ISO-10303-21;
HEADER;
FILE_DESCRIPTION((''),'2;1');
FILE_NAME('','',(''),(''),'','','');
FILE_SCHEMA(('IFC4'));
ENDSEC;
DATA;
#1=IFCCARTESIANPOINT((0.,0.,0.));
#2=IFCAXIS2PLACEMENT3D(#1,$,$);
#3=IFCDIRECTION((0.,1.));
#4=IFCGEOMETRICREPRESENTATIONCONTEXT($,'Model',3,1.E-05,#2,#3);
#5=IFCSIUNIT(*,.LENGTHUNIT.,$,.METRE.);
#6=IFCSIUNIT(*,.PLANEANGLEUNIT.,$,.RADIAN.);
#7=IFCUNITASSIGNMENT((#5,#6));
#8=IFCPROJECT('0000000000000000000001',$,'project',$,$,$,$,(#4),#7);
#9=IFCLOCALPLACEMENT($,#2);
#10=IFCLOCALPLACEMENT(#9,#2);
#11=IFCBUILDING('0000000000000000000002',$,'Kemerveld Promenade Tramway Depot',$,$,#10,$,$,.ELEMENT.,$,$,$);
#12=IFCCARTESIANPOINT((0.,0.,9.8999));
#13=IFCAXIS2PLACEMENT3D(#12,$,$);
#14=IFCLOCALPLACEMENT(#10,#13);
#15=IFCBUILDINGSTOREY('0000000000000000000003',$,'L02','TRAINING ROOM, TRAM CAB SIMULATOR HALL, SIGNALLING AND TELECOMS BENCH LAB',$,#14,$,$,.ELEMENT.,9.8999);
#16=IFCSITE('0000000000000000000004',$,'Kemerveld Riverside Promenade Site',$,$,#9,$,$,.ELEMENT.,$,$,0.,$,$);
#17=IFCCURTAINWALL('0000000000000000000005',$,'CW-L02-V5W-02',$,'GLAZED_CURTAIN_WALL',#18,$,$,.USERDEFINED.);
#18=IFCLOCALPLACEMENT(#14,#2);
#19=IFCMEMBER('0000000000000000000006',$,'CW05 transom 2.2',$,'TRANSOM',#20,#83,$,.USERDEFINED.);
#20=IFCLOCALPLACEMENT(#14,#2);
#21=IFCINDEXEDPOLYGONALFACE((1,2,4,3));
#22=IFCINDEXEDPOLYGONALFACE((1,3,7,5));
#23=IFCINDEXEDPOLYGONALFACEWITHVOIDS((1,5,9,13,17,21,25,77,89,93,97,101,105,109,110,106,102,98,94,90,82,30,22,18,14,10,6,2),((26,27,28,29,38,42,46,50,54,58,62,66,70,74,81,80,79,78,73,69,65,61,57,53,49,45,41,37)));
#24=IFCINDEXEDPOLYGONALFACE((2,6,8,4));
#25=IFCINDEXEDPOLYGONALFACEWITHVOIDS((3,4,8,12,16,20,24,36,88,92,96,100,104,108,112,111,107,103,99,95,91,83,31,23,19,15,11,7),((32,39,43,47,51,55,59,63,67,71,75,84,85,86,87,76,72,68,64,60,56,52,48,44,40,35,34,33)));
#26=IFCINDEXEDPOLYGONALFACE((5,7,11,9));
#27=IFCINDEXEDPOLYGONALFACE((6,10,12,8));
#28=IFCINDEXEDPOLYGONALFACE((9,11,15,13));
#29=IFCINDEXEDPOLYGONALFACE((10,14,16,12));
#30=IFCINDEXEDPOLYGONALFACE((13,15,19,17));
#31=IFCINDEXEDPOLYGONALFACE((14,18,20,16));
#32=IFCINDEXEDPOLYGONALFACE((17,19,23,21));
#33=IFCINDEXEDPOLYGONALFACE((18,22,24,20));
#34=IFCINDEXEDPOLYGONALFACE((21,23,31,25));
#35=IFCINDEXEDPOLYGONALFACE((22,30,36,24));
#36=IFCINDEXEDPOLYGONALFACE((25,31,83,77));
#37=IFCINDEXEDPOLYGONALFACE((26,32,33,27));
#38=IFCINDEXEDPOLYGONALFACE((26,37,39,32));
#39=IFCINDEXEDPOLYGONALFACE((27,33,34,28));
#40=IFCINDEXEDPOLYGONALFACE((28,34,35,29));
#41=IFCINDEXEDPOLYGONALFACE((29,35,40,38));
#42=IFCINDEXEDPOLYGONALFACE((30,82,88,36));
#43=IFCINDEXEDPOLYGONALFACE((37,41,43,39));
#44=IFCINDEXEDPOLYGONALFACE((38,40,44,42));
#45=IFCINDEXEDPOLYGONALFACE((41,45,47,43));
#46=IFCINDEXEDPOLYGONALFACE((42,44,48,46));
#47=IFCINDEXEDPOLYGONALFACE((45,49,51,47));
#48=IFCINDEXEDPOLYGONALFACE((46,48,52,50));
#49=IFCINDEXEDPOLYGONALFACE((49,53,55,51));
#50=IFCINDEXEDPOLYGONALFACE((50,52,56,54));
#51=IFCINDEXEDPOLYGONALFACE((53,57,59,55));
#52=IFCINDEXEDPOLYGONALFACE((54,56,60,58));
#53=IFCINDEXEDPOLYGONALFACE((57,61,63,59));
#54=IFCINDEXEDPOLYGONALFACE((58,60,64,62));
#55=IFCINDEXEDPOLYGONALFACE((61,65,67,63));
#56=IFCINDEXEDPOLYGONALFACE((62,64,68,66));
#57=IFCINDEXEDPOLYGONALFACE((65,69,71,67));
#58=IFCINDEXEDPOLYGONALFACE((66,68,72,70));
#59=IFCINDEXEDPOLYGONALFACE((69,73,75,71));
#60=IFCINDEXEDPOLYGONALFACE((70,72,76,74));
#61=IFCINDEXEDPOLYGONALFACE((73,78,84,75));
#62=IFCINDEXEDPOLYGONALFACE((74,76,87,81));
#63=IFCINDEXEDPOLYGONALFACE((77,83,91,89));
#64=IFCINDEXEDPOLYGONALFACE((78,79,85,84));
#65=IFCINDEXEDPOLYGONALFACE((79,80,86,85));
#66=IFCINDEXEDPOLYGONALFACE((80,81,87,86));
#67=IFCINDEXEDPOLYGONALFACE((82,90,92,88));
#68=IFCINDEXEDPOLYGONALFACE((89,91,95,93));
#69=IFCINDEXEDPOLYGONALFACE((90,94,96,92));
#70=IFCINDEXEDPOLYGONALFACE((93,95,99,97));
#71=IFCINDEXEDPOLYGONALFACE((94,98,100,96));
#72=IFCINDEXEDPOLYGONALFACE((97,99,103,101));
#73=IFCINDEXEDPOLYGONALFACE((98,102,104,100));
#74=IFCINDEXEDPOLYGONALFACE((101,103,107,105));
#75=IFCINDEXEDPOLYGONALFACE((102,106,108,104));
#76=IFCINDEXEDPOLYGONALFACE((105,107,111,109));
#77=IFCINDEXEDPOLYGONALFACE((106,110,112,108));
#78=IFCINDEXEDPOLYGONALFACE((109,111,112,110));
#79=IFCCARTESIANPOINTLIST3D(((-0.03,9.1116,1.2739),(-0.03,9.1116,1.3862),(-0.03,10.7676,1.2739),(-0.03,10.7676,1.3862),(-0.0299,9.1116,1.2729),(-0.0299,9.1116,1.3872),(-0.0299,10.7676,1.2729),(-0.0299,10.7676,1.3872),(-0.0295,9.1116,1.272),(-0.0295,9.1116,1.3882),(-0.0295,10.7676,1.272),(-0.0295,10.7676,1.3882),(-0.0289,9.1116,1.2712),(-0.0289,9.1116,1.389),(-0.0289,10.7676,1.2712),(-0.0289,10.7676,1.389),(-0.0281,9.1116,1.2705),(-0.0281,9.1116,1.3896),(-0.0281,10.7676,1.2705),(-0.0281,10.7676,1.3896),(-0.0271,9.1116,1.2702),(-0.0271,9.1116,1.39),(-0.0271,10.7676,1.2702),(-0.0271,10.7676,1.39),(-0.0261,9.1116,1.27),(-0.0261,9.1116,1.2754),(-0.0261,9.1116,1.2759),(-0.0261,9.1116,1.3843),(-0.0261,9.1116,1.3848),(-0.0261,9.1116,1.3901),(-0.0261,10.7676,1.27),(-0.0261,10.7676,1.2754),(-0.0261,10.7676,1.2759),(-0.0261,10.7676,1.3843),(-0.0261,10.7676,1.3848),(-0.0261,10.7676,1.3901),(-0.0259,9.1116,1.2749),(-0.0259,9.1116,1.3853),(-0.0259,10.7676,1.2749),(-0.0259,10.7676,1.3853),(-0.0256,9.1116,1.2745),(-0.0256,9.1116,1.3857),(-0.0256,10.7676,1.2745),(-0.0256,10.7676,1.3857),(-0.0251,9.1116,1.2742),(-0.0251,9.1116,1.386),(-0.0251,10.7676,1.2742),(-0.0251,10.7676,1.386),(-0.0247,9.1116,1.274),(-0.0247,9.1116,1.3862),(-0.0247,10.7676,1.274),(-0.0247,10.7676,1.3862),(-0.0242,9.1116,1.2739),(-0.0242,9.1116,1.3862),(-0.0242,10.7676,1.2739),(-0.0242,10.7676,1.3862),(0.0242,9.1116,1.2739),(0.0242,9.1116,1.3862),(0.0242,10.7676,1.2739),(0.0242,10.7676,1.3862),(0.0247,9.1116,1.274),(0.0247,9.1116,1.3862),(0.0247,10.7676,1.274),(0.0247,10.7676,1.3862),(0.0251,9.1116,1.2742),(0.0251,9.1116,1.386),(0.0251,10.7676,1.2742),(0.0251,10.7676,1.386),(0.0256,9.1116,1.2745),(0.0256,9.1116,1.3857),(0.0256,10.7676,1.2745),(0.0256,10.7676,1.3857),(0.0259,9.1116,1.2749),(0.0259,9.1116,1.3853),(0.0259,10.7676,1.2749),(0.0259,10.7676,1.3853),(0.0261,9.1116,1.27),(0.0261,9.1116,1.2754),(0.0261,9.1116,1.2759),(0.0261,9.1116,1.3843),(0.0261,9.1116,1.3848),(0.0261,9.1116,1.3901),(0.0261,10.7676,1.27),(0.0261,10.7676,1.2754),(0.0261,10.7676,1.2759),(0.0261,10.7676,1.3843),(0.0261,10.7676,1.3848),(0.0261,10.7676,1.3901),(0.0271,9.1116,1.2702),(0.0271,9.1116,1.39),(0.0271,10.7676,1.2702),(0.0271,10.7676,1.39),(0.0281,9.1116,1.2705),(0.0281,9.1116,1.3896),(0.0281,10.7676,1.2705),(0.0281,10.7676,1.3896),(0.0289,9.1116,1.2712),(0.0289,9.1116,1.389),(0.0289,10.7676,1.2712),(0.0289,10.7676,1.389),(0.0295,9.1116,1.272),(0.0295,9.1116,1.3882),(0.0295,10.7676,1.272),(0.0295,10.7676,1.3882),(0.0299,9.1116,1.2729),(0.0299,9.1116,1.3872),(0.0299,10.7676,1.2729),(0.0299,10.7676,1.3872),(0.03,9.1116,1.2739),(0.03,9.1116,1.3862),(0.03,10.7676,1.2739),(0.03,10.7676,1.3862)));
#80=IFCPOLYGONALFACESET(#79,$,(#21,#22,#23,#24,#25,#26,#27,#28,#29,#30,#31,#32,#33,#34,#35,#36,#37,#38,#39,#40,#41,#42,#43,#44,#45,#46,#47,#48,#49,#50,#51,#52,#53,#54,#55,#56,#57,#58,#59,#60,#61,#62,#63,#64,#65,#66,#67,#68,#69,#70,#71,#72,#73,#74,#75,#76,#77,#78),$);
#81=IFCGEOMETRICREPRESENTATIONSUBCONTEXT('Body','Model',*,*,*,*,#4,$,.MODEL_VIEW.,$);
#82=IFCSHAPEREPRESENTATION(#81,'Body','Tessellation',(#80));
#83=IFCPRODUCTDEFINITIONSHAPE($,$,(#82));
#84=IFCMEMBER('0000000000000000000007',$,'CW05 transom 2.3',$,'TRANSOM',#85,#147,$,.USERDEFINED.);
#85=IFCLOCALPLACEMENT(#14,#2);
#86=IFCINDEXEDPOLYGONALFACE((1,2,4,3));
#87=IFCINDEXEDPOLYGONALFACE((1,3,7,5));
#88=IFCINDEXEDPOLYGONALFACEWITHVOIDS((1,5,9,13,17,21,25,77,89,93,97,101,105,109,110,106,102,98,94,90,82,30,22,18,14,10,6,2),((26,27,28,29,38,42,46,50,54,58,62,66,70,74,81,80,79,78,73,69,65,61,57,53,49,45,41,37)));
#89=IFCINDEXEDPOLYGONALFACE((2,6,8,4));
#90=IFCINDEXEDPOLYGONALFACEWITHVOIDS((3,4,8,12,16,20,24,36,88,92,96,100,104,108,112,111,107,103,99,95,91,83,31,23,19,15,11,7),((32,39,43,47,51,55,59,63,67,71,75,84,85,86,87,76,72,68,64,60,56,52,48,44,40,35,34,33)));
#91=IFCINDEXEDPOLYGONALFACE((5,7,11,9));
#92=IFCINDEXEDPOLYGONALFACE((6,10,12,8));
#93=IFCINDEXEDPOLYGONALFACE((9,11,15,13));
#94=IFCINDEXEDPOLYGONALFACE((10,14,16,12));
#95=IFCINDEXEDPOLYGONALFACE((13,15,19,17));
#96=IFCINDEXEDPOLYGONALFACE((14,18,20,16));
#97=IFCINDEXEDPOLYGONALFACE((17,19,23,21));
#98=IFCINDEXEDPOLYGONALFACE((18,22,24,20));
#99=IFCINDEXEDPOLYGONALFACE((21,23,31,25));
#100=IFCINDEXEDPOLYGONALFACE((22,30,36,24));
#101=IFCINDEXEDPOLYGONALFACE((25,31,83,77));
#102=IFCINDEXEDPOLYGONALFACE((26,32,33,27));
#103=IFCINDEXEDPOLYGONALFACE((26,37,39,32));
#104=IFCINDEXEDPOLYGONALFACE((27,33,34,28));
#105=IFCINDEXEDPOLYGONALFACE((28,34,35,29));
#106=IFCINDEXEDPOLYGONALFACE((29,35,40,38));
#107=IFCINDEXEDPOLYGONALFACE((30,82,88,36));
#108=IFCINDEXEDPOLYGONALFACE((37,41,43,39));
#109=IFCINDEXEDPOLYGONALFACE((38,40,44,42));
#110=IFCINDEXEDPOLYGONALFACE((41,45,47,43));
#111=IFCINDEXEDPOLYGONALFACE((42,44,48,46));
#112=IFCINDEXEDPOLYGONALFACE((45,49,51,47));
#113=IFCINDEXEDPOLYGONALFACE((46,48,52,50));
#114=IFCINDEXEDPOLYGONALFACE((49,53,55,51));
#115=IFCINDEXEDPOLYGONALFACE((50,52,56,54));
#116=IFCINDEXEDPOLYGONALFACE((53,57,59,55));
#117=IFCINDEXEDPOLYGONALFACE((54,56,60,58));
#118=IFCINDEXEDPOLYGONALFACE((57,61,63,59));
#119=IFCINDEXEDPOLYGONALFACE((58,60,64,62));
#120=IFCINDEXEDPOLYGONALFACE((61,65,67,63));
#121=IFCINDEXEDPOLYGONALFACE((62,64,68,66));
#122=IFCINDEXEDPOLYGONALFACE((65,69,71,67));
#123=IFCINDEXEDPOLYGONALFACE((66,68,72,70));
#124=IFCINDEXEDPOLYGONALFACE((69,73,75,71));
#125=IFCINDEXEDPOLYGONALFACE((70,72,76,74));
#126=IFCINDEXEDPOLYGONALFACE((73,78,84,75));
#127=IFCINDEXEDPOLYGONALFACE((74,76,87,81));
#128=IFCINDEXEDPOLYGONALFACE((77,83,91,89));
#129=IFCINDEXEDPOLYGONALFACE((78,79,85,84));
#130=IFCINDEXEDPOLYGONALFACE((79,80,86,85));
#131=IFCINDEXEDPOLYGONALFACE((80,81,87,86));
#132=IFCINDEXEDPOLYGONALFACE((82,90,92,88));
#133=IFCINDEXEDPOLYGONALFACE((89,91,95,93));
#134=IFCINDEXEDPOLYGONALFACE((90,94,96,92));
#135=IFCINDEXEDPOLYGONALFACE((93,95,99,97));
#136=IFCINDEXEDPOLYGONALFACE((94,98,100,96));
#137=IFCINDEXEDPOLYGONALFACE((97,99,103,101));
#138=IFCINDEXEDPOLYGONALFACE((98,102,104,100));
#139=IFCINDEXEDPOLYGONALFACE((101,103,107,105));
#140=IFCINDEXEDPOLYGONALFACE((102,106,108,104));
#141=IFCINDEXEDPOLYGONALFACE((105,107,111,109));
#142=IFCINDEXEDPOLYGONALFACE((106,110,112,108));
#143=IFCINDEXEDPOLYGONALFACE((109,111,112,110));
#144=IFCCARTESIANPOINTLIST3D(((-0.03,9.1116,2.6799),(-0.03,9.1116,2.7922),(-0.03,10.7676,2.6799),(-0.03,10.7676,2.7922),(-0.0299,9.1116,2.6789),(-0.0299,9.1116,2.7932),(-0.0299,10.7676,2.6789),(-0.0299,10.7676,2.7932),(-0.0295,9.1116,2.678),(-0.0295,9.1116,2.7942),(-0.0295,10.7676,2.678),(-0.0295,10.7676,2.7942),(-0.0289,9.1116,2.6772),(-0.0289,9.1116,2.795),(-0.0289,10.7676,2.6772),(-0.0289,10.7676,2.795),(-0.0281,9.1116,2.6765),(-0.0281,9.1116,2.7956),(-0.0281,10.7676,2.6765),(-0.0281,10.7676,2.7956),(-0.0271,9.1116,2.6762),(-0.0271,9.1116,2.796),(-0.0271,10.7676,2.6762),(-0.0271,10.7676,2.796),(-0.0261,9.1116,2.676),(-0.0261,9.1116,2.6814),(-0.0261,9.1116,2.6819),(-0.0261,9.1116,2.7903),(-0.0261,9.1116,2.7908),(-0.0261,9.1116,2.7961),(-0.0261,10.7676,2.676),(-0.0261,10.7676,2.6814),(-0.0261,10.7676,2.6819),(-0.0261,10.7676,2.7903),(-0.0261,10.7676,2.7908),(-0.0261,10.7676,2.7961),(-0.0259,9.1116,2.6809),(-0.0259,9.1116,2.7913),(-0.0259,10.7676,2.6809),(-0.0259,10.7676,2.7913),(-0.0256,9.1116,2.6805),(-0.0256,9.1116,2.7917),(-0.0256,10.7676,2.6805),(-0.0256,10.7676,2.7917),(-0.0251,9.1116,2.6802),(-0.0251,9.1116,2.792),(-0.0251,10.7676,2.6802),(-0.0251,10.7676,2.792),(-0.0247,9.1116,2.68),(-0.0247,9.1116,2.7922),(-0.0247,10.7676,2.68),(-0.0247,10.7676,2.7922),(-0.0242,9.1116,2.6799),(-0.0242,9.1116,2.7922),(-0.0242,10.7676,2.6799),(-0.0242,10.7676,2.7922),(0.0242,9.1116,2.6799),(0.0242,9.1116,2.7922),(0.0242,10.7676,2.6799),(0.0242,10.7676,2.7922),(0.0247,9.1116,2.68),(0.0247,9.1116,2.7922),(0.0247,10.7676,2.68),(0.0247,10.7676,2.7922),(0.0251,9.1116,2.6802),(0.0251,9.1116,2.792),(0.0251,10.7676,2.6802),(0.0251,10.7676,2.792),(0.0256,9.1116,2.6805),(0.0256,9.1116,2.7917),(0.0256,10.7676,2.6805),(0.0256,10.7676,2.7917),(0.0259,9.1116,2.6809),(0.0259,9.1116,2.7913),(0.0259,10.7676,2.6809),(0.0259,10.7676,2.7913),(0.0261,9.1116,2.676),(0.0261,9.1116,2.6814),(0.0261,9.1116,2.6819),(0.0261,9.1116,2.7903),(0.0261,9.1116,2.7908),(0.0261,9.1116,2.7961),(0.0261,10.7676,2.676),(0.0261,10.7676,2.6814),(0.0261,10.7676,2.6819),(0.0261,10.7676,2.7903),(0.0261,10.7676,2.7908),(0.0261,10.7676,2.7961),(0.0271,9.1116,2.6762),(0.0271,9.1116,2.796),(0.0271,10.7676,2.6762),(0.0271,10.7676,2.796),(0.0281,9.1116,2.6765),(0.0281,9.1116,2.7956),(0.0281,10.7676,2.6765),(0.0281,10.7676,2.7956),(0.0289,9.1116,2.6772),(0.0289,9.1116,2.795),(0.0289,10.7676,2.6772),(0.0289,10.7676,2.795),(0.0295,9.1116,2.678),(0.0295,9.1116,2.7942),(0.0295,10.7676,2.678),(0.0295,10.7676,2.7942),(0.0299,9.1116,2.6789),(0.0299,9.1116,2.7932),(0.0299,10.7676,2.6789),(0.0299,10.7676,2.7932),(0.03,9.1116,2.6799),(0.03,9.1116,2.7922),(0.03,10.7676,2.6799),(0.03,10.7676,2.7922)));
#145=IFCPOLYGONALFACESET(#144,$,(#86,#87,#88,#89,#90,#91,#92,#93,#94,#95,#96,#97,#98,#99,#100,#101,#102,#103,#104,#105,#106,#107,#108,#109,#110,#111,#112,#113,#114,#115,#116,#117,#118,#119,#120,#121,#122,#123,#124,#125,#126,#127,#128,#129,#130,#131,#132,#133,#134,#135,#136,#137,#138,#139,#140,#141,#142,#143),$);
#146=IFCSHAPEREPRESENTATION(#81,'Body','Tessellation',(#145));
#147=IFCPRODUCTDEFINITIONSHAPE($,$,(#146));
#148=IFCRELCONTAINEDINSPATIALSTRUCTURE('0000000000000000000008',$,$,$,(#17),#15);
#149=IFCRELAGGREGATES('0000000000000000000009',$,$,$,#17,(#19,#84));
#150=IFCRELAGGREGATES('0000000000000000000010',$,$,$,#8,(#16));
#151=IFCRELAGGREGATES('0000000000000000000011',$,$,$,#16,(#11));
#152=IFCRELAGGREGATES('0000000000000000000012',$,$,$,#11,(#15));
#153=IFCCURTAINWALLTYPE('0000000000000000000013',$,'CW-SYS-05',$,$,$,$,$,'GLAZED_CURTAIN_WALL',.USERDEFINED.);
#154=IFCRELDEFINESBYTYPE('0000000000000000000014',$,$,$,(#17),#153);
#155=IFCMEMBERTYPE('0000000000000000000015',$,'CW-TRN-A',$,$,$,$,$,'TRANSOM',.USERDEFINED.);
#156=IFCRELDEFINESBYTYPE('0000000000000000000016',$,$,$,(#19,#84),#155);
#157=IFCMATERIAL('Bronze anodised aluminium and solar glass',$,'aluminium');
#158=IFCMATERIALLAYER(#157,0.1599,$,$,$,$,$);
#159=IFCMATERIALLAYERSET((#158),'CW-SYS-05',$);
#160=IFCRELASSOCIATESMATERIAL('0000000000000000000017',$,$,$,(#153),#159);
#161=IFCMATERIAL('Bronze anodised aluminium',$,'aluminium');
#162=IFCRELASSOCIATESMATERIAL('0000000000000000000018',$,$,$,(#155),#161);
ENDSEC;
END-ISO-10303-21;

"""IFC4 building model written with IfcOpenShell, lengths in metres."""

from ifc_helpers import new_model, si_unit, direction, frame, origin, origin_2d, place, context, subcontext, project, spatial, hollow_rectangle, extrude, material, layer, layer_set, material_profile, profile_set, type_object, element, aggregate, save


model = new_model("IFC4")

# Units and contexts
model_context = context("Model", 3, precision=1e-05, world=origin(), true_north=direction((0.0, 1.0)))
body_context = subcontext(model_context, "Body", "Model", "MODEL_VIEW")
ifc_project = project(units=[si_unit("LENGTHUNIT", "METRE"), si_unit("PLANEANGLEUNIT", "RADIAN")], contexts=[model_context])

# Site, building, storey
site_placement = place(None, origin())
site = spatial("IfcSite", under=ifc_project, at=site_placement, Name="Kemerveld Riverside Promenade Site", CompositionType="ELEMENT", RefElevation=0.0)
building_placement = place(site_placement, origin())
building = spatial("IfcBuilding", under=site, at=building_placement, Name="Kemerveld Promenade Tramway Depot", CompositionType="ELEMENT")
storey_placement = place(building_placement, frame((0.0, 0.0, 9.8999)))
storey = spatial("IfcBuildingStorey", under=building, at=storey_placement, Name="L02", Description="TRAINING ROOM, TRAM CAB SIMULATOR HALL, SIGNALLING AND TELECOMS BENCH LAB", CompositionType="ELEMENT", Elevation=9.8999)

# Curtain wall, members
ifc_material_1 = material(Name="Bronze anodised aluminium and solar glass", Category="aluminium")
ifc_layer_1 = layer(ifc_material_1, 0.1599)
ifc_layer_set_1 = layer_set([ifc_layer_1], Name="CW-SYS-05")
curtain_wall_type = type_object("IfcCurtainWallType", Name="CW-SYS-05", ElementType="GLAZED_CURTAIN_WALL", PredefinedType="USERDEFINED", material=ifc_layer_set_1)
curtain_wall_placement = place(storey_placement, origin())
curtain_wall = element("IfcCurtainWall", 1, at=curtain_wall_placement, inside=storey, type_object=curtain_wall_type, Name="CW-L02-V5W-02", ObjectType="GLAZED_CURTAIN_WALL", PredefinedType="USERDEFINED")
ifc_material_2 = material(Name="Bronze anodised aluminium", Category="aluminium")
ifc_material_profile_1 = material_profile(ifc_material_2, hollow_rectangle(XDim=0.0601, YDim=0.1201, WallThickness=0.0039, InnerFilletRadius=0.002, OuterFilletRadius=0.0039, at=origin_2d()), Name="CW-TRN-120x60")
ifc_profile_set_1 = profile_set([ifc_material_profile_1], Name="Bronze anodised aluminium")
member_type_1 = type_object("IfcMemberType", Name="CW-TRN-A", ElementType="TRANSOM", PredefinedType="USERDEFINED", material=ifc_profile_set_1)
member_1_placement = place(storey_placement, frame((0.0, 9.1116, 1.3301), z_axis=(0.0, 1.0, 0.0), x_axis=(-1.0, 0.0, 0.0)))
member_1 = element("IfcMember", 2, at=member_1_placement, type_object=member_type_1, Name="CW05 transom 2.2", ObjectType="TRANSOM", PredefinedType="USERDEFINED", context=body_context, shape_type="SweptSolid", body=[
    extrude(hollow_rectangle(XDim=0.0601, YDim=0.1201, WallThickness=0.0039, InnerFilletRadius=0.002, OuterFilletRadius=0.0039, at=origin_2d()), origin(), (0.0, 0.0, 1.0), 1.656),
])
member_2_placement = place(storey_placement, frame((0.0, 9.1116, 2.7361), z_axis=(0.0, 1.0, 0.0), x_axis=(-1.0, 0.0, 0.0)))
member_2 = element("IfcMember", 3, at=member_2_placement, type_object=member_type_1, Name="CW05 transom 2.3", ObjectType="TRANSOM", PredefinedType="USERDEFINED", context=body_context, shape_type="SweptSolid", body=[
    extrude(hollow_rectangle(XDim=0.0601, YDim=0.1201, WallThickness=0.0039, InnerFilletRadius=0.002, OuterFilletRadius=0.0039, at=origin_2d()), origin(), (0.0, 0.0, 1.0), 1.656),
])
aggregate(curtain_wall, [member_1, member_2])

save(model, "model.ifc")
